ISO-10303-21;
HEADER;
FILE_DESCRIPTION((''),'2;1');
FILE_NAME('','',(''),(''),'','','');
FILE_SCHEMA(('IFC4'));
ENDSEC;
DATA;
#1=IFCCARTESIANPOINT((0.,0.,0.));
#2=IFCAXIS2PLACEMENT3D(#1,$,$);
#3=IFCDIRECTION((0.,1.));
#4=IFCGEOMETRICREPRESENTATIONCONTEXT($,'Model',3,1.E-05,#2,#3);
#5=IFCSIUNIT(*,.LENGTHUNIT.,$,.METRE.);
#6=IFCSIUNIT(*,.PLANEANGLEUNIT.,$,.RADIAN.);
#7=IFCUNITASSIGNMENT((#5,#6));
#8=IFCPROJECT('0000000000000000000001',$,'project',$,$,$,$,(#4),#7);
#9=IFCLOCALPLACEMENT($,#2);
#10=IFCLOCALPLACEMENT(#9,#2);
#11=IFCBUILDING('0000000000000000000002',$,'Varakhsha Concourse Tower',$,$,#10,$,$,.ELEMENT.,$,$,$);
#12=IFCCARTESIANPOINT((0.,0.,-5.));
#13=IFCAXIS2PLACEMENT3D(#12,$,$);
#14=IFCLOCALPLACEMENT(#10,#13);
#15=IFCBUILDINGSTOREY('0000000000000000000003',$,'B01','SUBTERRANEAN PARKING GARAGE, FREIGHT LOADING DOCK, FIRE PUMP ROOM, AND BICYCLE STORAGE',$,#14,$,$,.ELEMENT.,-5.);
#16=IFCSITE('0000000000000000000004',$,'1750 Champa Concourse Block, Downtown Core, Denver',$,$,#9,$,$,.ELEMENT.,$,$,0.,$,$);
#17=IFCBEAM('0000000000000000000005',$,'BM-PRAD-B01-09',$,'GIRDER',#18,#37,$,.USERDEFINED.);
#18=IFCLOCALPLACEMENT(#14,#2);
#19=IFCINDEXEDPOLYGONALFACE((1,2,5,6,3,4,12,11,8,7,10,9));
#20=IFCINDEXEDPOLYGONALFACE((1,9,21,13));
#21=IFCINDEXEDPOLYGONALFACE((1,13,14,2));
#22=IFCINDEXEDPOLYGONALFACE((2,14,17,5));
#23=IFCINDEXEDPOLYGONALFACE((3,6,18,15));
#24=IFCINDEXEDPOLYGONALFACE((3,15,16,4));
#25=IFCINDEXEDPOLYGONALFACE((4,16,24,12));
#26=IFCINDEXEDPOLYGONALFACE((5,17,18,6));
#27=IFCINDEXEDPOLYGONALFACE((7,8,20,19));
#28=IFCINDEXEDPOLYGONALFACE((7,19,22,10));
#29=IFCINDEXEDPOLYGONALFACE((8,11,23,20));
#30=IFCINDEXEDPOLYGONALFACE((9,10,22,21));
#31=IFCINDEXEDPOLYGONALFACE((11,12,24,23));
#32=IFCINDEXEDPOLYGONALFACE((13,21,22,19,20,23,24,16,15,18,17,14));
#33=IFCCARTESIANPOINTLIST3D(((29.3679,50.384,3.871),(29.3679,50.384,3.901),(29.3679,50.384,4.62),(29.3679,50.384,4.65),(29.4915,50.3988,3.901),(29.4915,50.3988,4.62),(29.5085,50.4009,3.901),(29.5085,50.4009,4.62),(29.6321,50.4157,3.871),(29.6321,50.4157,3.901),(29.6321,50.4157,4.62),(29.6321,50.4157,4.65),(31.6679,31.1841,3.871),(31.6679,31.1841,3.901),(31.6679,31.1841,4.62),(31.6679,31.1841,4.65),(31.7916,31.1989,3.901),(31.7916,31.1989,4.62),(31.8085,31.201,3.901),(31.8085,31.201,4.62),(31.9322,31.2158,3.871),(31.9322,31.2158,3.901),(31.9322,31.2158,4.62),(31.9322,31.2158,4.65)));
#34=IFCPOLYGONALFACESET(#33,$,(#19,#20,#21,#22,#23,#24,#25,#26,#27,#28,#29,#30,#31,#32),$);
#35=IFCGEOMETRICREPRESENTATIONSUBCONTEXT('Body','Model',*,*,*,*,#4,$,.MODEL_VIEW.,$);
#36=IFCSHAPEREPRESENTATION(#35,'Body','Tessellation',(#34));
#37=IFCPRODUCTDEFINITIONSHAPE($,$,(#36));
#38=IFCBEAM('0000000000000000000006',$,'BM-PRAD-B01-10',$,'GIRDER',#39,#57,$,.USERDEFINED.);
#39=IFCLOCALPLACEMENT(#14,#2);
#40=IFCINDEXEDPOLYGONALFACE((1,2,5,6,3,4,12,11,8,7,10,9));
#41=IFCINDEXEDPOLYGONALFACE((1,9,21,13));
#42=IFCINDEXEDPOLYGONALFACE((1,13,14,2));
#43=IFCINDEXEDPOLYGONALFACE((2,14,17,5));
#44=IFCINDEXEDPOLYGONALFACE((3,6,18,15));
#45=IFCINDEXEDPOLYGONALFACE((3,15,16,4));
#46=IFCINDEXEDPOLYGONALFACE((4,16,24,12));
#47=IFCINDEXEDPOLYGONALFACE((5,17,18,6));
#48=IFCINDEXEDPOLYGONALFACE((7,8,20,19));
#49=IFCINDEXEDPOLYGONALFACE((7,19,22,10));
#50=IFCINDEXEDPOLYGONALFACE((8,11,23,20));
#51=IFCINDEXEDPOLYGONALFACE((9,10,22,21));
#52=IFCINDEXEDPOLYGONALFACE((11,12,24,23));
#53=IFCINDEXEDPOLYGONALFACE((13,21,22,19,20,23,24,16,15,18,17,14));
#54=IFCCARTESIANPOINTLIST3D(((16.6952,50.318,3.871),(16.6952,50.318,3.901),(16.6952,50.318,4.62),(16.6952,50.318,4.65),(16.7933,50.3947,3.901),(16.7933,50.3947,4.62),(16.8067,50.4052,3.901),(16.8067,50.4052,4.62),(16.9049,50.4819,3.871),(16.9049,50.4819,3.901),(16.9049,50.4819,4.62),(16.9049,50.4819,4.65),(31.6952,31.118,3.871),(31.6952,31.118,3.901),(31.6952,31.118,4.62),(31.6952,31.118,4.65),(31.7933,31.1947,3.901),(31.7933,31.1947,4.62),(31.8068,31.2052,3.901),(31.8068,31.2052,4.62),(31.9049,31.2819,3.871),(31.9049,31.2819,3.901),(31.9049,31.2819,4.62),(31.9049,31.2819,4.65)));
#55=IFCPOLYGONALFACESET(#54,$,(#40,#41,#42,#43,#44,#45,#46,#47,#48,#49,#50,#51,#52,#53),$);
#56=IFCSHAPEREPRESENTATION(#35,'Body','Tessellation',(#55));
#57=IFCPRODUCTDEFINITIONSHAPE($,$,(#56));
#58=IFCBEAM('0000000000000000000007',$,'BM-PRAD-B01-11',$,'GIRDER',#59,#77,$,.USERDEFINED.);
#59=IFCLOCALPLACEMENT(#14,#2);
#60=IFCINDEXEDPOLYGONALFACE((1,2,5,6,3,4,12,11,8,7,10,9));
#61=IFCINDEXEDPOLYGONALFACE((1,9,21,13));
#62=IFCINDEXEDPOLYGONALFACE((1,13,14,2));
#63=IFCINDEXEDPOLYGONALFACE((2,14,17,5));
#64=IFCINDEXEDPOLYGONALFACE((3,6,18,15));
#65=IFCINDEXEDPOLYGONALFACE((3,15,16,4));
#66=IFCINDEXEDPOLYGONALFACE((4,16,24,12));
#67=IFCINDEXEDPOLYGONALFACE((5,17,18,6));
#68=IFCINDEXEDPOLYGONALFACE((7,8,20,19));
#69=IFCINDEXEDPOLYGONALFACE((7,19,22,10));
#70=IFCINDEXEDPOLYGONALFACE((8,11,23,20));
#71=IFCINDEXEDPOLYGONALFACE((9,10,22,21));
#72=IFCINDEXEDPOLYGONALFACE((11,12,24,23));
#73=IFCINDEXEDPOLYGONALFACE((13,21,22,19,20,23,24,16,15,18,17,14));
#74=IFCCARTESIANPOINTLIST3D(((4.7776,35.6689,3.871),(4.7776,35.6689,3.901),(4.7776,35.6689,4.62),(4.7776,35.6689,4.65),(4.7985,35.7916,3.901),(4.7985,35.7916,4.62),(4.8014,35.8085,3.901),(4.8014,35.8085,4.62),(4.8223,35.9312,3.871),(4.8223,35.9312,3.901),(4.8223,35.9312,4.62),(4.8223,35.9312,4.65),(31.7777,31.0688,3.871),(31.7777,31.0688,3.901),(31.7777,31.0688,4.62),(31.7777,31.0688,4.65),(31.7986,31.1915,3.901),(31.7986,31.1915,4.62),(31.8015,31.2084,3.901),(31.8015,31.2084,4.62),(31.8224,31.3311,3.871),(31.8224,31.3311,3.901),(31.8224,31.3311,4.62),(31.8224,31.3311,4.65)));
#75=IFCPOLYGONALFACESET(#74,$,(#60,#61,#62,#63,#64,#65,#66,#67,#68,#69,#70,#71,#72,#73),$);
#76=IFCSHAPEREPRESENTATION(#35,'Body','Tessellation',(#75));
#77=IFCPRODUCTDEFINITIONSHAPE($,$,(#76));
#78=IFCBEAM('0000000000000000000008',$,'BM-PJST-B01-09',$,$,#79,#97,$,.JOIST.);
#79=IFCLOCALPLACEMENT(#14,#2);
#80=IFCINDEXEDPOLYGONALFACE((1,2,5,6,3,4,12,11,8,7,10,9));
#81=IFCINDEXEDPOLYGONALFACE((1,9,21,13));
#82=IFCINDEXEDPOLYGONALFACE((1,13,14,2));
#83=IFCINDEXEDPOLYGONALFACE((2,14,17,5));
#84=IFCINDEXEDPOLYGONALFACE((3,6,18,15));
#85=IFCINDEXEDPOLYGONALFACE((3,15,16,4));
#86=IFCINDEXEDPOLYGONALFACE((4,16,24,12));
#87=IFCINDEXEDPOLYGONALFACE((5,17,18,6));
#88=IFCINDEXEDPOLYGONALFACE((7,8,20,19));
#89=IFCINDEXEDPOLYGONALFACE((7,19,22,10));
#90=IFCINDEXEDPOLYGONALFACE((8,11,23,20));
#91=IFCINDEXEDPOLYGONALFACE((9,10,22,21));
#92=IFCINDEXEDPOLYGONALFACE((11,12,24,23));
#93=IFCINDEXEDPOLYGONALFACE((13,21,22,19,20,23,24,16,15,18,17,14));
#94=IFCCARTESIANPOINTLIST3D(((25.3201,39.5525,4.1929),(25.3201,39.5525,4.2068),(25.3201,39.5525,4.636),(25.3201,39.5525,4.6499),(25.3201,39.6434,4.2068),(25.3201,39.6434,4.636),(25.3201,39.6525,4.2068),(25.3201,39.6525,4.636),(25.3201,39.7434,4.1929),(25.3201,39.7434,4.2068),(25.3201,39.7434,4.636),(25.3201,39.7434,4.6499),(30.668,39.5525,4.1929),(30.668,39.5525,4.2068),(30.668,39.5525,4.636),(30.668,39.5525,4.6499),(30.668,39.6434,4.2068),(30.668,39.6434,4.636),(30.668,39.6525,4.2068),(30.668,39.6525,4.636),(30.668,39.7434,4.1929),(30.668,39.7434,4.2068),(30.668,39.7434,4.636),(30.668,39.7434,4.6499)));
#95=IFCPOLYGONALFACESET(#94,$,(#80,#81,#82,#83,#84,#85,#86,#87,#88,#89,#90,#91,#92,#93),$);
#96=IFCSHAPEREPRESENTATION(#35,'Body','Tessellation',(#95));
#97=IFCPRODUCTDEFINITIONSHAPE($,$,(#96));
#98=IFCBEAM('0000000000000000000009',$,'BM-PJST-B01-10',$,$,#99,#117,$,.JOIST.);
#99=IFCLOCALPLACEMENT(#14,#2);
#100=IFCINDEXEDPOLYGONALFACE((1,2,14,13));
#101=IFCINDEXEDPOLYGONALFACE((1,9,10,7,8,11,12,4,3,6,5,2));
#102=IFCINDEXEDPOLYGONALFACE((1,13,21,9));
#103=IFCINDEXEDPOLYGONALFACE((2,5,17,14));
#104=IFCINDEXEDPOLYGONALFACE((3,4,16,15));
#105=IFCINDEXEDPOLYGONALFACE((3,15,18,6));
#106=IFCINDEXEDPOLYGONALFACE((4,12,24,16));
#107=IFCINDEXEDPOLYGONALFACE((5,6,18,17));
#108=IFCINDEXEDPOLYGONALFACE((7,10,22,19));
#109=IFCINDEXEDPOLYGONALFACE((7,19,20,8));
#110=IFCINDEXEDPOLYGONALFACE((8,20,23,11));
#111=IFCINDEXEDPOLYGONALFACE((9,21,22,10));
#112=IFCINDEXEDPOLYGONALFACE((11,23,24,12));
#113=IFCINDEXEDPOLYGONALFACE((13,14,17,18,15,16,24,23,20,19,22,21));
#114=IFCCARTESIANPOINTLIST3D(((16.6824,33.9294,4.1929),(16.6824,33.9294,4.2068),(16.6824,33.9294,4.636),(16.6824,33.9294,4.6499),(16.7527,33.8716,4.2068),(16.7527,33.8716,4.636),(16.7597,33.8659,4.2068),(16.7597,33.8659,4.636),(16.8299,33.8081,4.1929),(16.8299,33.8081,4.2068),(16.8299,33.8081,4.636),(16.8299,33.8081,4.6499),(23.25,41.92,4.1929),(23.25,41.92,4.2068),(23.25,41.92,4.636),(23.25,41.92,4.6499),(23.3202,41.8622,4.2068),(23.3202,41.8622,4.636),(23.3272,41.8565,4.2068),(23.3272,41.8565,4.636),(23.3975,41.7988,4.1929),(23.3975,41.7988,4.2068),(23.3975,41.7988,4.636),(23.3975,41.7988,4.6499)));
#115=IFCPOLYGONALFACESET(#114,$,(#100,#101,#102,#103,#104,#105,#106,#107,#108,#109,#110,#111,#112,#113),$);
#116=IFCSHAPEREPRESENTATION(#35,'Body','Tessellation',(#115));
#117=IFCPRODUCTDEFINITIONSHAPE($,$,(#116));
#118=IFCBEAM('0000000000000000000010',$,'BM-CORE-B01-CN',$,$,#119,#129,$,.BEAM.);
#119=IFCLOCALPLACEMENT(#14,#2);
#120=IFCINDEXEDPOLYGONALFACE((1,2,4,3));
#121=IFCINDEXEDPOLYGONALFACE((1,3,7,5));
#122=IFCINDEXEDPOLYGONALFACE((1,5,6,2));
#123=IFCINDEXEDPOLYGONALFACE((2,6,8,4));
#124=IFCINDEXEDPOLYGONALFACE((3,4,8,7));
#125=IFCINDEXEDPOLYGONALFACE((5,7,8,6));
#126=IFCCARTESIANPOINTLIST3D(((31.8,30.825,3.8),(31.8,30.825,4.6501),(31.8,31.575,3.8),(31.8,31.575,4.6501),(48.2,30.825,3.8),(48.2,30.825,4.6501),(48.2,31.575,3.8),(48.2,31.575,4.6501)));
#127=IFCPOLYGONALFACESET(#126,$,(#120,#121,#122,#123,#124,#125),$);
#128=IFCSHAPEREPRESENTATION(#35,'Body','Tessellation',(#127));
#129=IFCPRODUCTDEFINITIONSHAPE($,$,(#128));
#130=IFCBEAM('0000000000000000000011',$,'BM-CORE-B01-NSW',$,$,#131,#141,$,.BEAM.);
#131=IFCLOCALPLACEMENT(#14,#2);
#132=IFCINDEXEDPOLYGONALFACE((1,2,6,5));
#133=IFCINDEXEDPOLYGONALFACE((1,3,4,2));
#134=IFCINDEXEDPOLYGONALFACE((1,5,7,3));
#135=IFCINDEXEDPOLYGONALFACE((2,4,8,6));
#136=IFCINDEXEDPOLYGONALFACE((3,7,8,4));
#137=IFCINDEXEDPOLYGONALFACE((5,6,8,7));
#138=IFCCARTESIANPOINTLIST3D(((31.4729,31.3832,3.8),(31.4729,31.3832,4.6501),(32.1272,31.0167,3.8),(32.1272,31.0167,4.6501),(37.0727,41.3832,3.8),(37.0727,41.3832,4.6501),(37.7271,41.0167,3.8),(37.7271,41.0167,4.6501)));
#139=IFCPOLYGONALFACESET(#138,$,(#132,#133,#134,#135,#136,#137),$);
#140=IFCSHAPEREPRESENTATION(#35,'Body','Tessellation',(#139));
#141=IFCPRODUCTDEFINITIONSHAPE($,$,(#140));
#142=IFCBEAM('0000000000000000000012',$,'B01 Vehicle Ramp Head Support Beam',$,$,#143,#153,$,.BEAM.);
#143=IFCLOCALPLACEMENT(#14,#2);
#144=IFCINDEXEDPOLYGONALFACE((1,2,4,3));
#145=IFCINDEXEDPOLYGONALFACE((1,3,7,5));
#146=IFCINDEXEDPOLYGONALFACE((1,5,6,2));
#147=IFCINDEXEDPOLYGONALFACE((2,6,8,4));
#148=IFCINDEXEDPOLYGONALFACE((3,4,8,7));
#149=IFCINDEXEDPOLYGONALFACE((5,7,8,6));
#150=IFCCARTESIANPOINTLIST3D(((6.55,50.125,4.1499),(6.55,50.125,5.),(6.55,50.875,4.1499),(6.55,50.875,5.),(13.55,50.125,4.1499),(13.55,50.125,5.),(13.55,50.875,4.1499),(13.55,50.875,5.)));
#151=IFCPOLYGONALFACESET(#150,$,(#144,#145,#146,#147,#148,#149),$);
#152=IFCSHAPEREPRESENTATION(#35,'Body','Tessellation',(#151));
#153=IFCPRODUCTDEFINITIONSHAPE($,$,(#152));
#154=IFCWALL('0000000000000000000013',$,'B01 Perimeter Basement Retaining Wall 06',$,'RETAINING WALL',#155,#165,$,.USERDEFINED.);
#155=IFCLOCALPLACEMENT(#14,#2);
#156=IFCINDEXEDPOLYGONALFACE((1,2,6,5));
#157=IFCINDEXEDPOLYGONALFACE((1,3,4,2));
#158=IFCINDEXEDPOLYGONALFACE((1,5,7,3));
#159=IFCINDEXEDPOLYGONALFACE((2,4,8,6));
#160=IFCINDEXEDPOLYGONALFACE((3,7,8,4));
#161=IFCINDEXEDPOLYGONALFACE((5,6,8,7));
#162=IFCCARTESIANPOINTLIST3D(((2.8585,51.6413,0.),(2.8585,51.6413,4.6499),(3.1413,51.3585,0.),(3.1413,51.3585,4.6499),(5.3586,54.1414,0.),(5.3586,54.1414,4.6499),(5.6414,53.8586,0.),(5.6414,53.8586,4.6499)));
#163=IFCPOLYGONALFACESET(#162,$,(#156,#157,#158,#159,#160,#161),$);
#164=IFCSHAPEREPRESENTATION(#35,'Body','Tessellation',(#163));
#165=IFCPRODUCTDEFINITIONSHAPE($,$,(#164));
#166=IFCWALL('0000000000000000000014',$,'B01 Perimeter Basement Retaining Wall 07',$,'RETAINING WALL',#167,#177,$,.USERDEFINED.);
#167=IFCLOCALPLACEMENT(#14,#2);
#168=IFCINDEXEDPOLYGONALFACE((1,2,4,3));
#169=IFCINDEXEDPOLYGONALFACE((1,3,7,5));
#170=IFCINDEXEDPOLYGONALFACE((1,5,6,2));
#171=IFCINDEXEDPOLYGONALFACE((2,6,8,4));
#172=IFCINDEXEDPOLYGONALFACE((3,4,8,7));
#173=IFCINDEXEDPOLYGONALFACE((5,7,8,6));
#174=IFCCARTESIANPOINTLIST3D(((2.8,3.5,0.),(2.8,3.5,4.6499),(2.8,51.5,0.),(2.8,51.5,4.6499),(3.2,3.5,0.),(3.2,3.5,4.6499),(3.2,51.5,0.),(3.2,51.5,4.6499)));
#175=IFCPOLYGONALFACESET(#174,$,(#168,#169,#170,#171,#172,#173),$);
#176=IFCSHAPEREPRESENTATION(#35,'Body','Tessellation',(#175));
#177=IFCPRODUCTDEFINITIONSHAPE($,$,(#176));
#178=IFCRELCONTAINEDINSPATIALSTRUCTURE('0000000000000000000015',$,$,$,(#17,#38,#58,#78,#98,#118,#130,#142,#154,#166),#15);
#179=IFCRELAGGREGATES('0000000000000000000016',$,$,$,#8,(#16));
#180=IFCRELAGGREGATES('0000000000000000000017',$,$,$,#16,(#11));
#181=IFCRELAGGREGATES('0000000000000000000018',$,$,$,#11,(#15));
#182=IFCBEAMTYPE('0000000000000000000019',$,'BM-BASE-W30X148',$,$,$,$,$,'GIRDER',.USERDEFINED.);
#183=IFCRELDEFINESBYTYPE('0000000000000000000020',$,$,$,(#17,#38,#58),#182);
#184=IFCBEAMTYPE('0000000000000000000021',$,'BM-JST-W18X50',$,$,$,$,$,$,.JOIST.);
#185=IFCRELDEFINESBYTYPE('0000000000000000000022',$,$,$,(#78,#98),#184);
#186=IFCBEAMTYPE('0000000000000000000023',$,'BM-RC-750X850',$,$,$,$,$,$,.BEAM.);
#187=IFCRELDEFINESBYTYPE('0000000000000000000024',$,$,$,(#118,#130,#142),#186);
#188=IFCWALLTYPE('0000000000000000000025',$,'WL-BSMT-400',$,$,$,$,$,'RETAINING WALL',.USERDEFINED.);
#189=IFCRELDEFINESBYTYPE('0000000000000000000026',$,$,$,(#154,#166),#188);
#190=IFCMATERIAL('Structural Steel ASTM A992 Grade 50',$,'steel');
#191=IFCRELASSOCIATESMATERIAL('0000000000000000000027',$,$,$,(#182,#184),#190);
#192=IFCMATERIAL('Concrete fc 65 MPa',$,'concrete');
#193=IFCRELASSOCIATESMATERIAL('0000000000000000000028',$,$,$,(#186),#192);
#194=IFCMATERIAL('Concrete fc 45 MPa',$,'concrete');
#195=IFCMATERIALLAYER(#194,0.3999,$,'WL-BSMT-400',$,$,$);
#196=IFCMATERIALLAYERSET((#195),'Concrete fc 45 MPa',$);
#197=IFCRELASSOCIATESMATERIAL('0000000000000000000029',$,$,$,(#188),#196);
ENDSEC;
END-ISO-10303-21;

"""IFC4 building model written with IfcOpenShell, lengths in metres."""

from ifc_helpers import new_model, si_unit, direction, frame, frame_2d, origin, origin_2d, place, context, subcontext, project, spatial, rectangle, i_section, extrude, material, layer, layer_set, material_profile, profile_set, type_object, element, save


model = new_model("IFC4")

# Units and contexts
model_context = context("Model", 3, precision=1e-05, world=origin(), true_north=direction((0.0, 1.0)))
body_context = subcontext(model_context, "Body", "Model", "MODEL_VIEW")
ifc_project = project(units=[si_unit("LENGTHUNIT", "METRE"), si_unit("PLANEANGLEUNIT", "RADIAN")], contexts=[model_context])

# Site, building, storey
site_placement = place(None, origin())
site = spatial("IfcSite", under=ifc_project, at=site_placement, Name="1750 Champa Concourse Block, Downtown Core, Denver", CompositionType="ELEMENT", RefElevation=0.0)
building_placement = place(site_placement, origin())
building = spatial("IfcBuilding", under=site, at=building_placement, Name="Varakhsha Concourse Tower", CompositionType="ELEMENT")
storey_placement = place(building_placement, frame((0.0, 0.0, -5.0)))
storey = spatial("IfcBuildingStorey", under=building, at=storey_placement, Name="B01", Description="SUBTERRANEAN PARKING GARAGE, FREIGHT LOADING DOCK, FIRE PUMP ROOM, AND BICYCLE STORAGE", CompositionType="ELEMENT", Elevation=-5.0)

# Shared definitions
ifc_material_1 = material(Name="Structural Steel ASTM A992 Grade 50", Category="steel")

# Beams
ifc_material_profile_1 = material_profile(ifc_material_1, i_section(OverallWidth=0.2661, OverallDepth=0.7791, WebThickness=0.0171, FlangeThickness=0.03, at=origin_2d()), Name="W30X148")
ifc_profile_set_1 = profile_set([ifc_material_profile_1], Name="Structural Steel ASTM A992 Grade 50")
beam_type_1 = type_object("IfcBeamType", Name="BM-BASE-W30X148", ElementType="GIRDER", PredefinedType="USERDEFINED", material=ifc_profile_set_1)
beam_1_placement = place(storey_placement, frame((31.8, 31.2, 4.2605), z_axis=(-0.118944, 0.992901, 0.0), x_axis=(-0.992901, -0.118944, 0.0)))
element("IfcBeam", 1, at=beam_1_placement, inside=storey, type_object=beam_type_1, Name="BM-PRAD-B01-09", ObjectType="GIRDER", PredefinedType="USERDEFINED", context=body_context, shape_type="SweptSolid", body=[
    extrude(i_section(OverallWidth=0.2661, OverallDepth=0.7791, WebThickness=0.0171, FlangeThickness=0.03, at=origin_2d()), origin(), (0.0, 0.0, 1.0), 19.3372),
])
beam_2_placement = place(storey_placement, frame((31.8, 31.2, 4.2605), z_axis=(-0.615645, 0.788024, 0.0), x_axis=(-0.788024, -0.615645, 0.0)))
element("IfcBeam", 2, at=beam_2_placement, inside=storey, type_object=beam_type_1, Name="BM-PRAD-B01-10", ObjectType="GIRDER", PredefinedType="USERDEFINED", context=body_context, shape_type="SweptSolid", body=[
    extrude(i_section(OverallWidth=0.2661, OverallDepth=0.7791, WebThickness=0.0171, FlangeThickness=0.03, at=origin_2d()), origin(), (0.0, 0.0, 1.0), 24.3647),
])
beam_3_placement = place(storey_placement, frame((31.8, 31.2, 4.2605), z_axis=(-0.985795, 0.167954, 0.0), x_axis=(-0.167954, -0.985795, 0.0)))
element("IfcBeam", 3, at=beam_3_placement, inside=storey, type_object=beam_type_1, Name="BM-PRAD-B01-11", ObjectType="GIRDER", PredefinedType="USERDEFINED", context=body_context, shape_type="SweptSolid", body=[
    extrude(i_section(OverallWidth=0.2661, OverallDepth=0.7791, WebThickness=0.0171, FlangeThickness=0.03, at=origin_2d()), origin(), (0.0, 0.0, 1.0), 27.3892),
])
ifc_material_profile_2 = material_profile(ifc_material_1, i_section(OverallWidth=0.1909, OverallDepth=0.457, WebThickness=0.009, FlangeThickness=0.0139, at=origin_2d()), Name="W18X50")
ifc_profile_set_2 = profile_set([ifc_material_profile_2], Name="Structural Steel ASTM A992 Grade 50")
beam_type_2 = type_object("IfcBeamType", Name="BM-JST-W18X50", PredefinedType="JOIST", material=ifc_profile_set_2)
beam_4_placement = place(storey_placement, frame((30.668, 39.6479, 4.4214), z_axis=(-1.0, 0.0, 0.0), x_axis=(0.0, -1.0, 0.0)))
element("IfcBeam", 4, at=beam_4_placement, inside=storey, type_object=beam_type_2, Name="BM-PJST-B01-09", PredefinedType="JOIST", context=body_context, shape_type="SweptSolid", body=[
    extrude(i_section(OverallWidth=0.1909, OverallDepth=0.457, WebThickness=0.009, FlangeThickness=0.0139, at=origin_2d()), origin(), (0.0, 0.0, 1.0), 5.3479),
])
beam_5_placement = place(storey_placement, frame((23.3237, 41.8594, 4.4214), z_axis=(-0.63496, -0.772545, 0.0), x_axis=(0.772545, -0.63496, 0.0)))
element("IfcBeam", 5, at=beam_5_placement, inside=storey, type_object=beam_type_2, Name="BM-PJST-B01-10", PredefinedType="JOIST", context=body_context, shape_type="SweptSolid", body=[
    extrude(i_section(OverallWidth=0.1909, OverallDepth=0.457, WebThickness=0.009, FlangeThickness=0.0139, at=origin_2d()), origin(), (0.0, 0.0, 1.0), 10.3433),
])
ifc_material_2 = material(Name="Concrete fc 65 MPa", Category="concrete")
ifc_material_profile_3 = material_profile(ifc_material_2, rectangle(XDim=0.75, YDim=0.8501, at=origin_2d()), Name="RC 750x850")
ifc_profile_set_3 = profile_set([ifc_material_profile_3], Name="Concrete fc 65 MPa")
beam_type_3 = type_object("IfcBeamType", Name="BM-RC-750X850", PredefinedType="BEAM", material=ifc_profile_set_3)
beam_6_placement = place(storey_placement, frame((31.8, 31.2, 4.2251), z_axis=(1.0, 0.0, 0.0), x_axis=(0.0, 1.0, 0.0)))
element("IfcBeam", 6, at=beam_6_placement, inside=storey, type_object=beam_type_3, Name="BM-CORE-B01-CN", PredefinedType="BEAM", context=body_context, shape_type="SweptSolid", body=[
    extrude(rectangle(XDim=0.75, YDim=0.8501, at=origin_2d()), origin(), (0.0, 0.0, 1.0), 16.3999),
])
beam_7_placement = place(storey_placement, frame((31.8, 31.2, 4.2251), z_axis=(0.488594, 0.872511, 0.0), x_axis=(-0.872511, 0.488594, 0.0)))
element("IfcBeam", 7, at=beam_7_placement, inside=storey, type_object=beam_type_3, Name="BM-CORE-B01-NSW", PredefinedType="BEAM", context=body_context, shape_type="SweptSolid", body=[
    extrude(rectangle(XDim=0.75, YDim=0.8501, at=origin_2d()), origin(), (0.0, 0.0, 1.0), 11.4612),
])
beam_8_placement = place(storey_placement, frame((6.55, 50.5, 4.575), z_axis=(1.0, 0.0, 0.0), x_axis=(0.0, 1.0, 0.0)))
element("IfcBeam", 8, at=beam_8_placement, inside=storey, type_object=beam_type_3, Name="B01 Vehicle Ramp Head Support Beam", PredefinedType="BEAM", context=body_context, shape_type="SweptSolid", body=[
    extrude(rectangle(XDim=0.75, YDim=0.8501, at=origin_2d()), origin(), (0.0, 0.0, 1.0), 7.0),
])

# Walls
ifc_material_3 = material(Name="Concrete fc 45 MPa", Category="concrete")
ifc_layer_1 = layer(ifc_material_3, 0.3999, Name="WL-BSMT-400")
ifc_layer_set_1 = layer_set([ifc_layer_1], Name="Concrete fc 45 MPa")
wall_type_1 = type_object("IfcWallType", Name="WL-BSMT-400", ElementType="RETAINING WALL", PredefinedType="USERDEFINED", material=ifc_layer_set_1)
wall_1_placement = place(storey_placement, frame((5.5, 54.0, 0.0), z_axis=(0.0, 0.0, 1.0), x_axis=(-0.707107, -0.707107, 0.0)))
element("IfcWall", 9, at=wall_1_placement, inside=storey, type_object=wall_type_1, Name="B01 Perimeter Basement Retaining Wall 06", ObjectType="RETAINING WALL", PredefinedType="USERDEFINED", context=body_context, shape_type="SweptSolid", body=[
    extrude(rectangle(XDim=3.5356, YDim=0.3999, at=frame_2d((1.7678, 0.0))), origin(), (0.0, 0.0, 1.0), 4.6499),
])
wall_2_placement = place(storey_placement, frame((3.0, 51.5, 0.0), z_axis=(0.0, 0.0, 1.0), x_axis=(0.0, -1.0, 0.0)))
element("IfcWall", 10, at=wall_2_placement, inside=storey, type_object=wall_type_1, Name="B01 Perimeter Basement Retaining Wall 07", ObjectType="RETAINING WALL", PredefinedType="USERDEFINED", context=body_context, shape_type="SweptSolid", body=[
    extrude(rectangle(XDim=48.0, YDim=0.3999, at=frame_2d((24.0, 0.0))), origin(), (0.0, 0.0, 1.0), 4.6499),
])

save(model, "model.ifc")
